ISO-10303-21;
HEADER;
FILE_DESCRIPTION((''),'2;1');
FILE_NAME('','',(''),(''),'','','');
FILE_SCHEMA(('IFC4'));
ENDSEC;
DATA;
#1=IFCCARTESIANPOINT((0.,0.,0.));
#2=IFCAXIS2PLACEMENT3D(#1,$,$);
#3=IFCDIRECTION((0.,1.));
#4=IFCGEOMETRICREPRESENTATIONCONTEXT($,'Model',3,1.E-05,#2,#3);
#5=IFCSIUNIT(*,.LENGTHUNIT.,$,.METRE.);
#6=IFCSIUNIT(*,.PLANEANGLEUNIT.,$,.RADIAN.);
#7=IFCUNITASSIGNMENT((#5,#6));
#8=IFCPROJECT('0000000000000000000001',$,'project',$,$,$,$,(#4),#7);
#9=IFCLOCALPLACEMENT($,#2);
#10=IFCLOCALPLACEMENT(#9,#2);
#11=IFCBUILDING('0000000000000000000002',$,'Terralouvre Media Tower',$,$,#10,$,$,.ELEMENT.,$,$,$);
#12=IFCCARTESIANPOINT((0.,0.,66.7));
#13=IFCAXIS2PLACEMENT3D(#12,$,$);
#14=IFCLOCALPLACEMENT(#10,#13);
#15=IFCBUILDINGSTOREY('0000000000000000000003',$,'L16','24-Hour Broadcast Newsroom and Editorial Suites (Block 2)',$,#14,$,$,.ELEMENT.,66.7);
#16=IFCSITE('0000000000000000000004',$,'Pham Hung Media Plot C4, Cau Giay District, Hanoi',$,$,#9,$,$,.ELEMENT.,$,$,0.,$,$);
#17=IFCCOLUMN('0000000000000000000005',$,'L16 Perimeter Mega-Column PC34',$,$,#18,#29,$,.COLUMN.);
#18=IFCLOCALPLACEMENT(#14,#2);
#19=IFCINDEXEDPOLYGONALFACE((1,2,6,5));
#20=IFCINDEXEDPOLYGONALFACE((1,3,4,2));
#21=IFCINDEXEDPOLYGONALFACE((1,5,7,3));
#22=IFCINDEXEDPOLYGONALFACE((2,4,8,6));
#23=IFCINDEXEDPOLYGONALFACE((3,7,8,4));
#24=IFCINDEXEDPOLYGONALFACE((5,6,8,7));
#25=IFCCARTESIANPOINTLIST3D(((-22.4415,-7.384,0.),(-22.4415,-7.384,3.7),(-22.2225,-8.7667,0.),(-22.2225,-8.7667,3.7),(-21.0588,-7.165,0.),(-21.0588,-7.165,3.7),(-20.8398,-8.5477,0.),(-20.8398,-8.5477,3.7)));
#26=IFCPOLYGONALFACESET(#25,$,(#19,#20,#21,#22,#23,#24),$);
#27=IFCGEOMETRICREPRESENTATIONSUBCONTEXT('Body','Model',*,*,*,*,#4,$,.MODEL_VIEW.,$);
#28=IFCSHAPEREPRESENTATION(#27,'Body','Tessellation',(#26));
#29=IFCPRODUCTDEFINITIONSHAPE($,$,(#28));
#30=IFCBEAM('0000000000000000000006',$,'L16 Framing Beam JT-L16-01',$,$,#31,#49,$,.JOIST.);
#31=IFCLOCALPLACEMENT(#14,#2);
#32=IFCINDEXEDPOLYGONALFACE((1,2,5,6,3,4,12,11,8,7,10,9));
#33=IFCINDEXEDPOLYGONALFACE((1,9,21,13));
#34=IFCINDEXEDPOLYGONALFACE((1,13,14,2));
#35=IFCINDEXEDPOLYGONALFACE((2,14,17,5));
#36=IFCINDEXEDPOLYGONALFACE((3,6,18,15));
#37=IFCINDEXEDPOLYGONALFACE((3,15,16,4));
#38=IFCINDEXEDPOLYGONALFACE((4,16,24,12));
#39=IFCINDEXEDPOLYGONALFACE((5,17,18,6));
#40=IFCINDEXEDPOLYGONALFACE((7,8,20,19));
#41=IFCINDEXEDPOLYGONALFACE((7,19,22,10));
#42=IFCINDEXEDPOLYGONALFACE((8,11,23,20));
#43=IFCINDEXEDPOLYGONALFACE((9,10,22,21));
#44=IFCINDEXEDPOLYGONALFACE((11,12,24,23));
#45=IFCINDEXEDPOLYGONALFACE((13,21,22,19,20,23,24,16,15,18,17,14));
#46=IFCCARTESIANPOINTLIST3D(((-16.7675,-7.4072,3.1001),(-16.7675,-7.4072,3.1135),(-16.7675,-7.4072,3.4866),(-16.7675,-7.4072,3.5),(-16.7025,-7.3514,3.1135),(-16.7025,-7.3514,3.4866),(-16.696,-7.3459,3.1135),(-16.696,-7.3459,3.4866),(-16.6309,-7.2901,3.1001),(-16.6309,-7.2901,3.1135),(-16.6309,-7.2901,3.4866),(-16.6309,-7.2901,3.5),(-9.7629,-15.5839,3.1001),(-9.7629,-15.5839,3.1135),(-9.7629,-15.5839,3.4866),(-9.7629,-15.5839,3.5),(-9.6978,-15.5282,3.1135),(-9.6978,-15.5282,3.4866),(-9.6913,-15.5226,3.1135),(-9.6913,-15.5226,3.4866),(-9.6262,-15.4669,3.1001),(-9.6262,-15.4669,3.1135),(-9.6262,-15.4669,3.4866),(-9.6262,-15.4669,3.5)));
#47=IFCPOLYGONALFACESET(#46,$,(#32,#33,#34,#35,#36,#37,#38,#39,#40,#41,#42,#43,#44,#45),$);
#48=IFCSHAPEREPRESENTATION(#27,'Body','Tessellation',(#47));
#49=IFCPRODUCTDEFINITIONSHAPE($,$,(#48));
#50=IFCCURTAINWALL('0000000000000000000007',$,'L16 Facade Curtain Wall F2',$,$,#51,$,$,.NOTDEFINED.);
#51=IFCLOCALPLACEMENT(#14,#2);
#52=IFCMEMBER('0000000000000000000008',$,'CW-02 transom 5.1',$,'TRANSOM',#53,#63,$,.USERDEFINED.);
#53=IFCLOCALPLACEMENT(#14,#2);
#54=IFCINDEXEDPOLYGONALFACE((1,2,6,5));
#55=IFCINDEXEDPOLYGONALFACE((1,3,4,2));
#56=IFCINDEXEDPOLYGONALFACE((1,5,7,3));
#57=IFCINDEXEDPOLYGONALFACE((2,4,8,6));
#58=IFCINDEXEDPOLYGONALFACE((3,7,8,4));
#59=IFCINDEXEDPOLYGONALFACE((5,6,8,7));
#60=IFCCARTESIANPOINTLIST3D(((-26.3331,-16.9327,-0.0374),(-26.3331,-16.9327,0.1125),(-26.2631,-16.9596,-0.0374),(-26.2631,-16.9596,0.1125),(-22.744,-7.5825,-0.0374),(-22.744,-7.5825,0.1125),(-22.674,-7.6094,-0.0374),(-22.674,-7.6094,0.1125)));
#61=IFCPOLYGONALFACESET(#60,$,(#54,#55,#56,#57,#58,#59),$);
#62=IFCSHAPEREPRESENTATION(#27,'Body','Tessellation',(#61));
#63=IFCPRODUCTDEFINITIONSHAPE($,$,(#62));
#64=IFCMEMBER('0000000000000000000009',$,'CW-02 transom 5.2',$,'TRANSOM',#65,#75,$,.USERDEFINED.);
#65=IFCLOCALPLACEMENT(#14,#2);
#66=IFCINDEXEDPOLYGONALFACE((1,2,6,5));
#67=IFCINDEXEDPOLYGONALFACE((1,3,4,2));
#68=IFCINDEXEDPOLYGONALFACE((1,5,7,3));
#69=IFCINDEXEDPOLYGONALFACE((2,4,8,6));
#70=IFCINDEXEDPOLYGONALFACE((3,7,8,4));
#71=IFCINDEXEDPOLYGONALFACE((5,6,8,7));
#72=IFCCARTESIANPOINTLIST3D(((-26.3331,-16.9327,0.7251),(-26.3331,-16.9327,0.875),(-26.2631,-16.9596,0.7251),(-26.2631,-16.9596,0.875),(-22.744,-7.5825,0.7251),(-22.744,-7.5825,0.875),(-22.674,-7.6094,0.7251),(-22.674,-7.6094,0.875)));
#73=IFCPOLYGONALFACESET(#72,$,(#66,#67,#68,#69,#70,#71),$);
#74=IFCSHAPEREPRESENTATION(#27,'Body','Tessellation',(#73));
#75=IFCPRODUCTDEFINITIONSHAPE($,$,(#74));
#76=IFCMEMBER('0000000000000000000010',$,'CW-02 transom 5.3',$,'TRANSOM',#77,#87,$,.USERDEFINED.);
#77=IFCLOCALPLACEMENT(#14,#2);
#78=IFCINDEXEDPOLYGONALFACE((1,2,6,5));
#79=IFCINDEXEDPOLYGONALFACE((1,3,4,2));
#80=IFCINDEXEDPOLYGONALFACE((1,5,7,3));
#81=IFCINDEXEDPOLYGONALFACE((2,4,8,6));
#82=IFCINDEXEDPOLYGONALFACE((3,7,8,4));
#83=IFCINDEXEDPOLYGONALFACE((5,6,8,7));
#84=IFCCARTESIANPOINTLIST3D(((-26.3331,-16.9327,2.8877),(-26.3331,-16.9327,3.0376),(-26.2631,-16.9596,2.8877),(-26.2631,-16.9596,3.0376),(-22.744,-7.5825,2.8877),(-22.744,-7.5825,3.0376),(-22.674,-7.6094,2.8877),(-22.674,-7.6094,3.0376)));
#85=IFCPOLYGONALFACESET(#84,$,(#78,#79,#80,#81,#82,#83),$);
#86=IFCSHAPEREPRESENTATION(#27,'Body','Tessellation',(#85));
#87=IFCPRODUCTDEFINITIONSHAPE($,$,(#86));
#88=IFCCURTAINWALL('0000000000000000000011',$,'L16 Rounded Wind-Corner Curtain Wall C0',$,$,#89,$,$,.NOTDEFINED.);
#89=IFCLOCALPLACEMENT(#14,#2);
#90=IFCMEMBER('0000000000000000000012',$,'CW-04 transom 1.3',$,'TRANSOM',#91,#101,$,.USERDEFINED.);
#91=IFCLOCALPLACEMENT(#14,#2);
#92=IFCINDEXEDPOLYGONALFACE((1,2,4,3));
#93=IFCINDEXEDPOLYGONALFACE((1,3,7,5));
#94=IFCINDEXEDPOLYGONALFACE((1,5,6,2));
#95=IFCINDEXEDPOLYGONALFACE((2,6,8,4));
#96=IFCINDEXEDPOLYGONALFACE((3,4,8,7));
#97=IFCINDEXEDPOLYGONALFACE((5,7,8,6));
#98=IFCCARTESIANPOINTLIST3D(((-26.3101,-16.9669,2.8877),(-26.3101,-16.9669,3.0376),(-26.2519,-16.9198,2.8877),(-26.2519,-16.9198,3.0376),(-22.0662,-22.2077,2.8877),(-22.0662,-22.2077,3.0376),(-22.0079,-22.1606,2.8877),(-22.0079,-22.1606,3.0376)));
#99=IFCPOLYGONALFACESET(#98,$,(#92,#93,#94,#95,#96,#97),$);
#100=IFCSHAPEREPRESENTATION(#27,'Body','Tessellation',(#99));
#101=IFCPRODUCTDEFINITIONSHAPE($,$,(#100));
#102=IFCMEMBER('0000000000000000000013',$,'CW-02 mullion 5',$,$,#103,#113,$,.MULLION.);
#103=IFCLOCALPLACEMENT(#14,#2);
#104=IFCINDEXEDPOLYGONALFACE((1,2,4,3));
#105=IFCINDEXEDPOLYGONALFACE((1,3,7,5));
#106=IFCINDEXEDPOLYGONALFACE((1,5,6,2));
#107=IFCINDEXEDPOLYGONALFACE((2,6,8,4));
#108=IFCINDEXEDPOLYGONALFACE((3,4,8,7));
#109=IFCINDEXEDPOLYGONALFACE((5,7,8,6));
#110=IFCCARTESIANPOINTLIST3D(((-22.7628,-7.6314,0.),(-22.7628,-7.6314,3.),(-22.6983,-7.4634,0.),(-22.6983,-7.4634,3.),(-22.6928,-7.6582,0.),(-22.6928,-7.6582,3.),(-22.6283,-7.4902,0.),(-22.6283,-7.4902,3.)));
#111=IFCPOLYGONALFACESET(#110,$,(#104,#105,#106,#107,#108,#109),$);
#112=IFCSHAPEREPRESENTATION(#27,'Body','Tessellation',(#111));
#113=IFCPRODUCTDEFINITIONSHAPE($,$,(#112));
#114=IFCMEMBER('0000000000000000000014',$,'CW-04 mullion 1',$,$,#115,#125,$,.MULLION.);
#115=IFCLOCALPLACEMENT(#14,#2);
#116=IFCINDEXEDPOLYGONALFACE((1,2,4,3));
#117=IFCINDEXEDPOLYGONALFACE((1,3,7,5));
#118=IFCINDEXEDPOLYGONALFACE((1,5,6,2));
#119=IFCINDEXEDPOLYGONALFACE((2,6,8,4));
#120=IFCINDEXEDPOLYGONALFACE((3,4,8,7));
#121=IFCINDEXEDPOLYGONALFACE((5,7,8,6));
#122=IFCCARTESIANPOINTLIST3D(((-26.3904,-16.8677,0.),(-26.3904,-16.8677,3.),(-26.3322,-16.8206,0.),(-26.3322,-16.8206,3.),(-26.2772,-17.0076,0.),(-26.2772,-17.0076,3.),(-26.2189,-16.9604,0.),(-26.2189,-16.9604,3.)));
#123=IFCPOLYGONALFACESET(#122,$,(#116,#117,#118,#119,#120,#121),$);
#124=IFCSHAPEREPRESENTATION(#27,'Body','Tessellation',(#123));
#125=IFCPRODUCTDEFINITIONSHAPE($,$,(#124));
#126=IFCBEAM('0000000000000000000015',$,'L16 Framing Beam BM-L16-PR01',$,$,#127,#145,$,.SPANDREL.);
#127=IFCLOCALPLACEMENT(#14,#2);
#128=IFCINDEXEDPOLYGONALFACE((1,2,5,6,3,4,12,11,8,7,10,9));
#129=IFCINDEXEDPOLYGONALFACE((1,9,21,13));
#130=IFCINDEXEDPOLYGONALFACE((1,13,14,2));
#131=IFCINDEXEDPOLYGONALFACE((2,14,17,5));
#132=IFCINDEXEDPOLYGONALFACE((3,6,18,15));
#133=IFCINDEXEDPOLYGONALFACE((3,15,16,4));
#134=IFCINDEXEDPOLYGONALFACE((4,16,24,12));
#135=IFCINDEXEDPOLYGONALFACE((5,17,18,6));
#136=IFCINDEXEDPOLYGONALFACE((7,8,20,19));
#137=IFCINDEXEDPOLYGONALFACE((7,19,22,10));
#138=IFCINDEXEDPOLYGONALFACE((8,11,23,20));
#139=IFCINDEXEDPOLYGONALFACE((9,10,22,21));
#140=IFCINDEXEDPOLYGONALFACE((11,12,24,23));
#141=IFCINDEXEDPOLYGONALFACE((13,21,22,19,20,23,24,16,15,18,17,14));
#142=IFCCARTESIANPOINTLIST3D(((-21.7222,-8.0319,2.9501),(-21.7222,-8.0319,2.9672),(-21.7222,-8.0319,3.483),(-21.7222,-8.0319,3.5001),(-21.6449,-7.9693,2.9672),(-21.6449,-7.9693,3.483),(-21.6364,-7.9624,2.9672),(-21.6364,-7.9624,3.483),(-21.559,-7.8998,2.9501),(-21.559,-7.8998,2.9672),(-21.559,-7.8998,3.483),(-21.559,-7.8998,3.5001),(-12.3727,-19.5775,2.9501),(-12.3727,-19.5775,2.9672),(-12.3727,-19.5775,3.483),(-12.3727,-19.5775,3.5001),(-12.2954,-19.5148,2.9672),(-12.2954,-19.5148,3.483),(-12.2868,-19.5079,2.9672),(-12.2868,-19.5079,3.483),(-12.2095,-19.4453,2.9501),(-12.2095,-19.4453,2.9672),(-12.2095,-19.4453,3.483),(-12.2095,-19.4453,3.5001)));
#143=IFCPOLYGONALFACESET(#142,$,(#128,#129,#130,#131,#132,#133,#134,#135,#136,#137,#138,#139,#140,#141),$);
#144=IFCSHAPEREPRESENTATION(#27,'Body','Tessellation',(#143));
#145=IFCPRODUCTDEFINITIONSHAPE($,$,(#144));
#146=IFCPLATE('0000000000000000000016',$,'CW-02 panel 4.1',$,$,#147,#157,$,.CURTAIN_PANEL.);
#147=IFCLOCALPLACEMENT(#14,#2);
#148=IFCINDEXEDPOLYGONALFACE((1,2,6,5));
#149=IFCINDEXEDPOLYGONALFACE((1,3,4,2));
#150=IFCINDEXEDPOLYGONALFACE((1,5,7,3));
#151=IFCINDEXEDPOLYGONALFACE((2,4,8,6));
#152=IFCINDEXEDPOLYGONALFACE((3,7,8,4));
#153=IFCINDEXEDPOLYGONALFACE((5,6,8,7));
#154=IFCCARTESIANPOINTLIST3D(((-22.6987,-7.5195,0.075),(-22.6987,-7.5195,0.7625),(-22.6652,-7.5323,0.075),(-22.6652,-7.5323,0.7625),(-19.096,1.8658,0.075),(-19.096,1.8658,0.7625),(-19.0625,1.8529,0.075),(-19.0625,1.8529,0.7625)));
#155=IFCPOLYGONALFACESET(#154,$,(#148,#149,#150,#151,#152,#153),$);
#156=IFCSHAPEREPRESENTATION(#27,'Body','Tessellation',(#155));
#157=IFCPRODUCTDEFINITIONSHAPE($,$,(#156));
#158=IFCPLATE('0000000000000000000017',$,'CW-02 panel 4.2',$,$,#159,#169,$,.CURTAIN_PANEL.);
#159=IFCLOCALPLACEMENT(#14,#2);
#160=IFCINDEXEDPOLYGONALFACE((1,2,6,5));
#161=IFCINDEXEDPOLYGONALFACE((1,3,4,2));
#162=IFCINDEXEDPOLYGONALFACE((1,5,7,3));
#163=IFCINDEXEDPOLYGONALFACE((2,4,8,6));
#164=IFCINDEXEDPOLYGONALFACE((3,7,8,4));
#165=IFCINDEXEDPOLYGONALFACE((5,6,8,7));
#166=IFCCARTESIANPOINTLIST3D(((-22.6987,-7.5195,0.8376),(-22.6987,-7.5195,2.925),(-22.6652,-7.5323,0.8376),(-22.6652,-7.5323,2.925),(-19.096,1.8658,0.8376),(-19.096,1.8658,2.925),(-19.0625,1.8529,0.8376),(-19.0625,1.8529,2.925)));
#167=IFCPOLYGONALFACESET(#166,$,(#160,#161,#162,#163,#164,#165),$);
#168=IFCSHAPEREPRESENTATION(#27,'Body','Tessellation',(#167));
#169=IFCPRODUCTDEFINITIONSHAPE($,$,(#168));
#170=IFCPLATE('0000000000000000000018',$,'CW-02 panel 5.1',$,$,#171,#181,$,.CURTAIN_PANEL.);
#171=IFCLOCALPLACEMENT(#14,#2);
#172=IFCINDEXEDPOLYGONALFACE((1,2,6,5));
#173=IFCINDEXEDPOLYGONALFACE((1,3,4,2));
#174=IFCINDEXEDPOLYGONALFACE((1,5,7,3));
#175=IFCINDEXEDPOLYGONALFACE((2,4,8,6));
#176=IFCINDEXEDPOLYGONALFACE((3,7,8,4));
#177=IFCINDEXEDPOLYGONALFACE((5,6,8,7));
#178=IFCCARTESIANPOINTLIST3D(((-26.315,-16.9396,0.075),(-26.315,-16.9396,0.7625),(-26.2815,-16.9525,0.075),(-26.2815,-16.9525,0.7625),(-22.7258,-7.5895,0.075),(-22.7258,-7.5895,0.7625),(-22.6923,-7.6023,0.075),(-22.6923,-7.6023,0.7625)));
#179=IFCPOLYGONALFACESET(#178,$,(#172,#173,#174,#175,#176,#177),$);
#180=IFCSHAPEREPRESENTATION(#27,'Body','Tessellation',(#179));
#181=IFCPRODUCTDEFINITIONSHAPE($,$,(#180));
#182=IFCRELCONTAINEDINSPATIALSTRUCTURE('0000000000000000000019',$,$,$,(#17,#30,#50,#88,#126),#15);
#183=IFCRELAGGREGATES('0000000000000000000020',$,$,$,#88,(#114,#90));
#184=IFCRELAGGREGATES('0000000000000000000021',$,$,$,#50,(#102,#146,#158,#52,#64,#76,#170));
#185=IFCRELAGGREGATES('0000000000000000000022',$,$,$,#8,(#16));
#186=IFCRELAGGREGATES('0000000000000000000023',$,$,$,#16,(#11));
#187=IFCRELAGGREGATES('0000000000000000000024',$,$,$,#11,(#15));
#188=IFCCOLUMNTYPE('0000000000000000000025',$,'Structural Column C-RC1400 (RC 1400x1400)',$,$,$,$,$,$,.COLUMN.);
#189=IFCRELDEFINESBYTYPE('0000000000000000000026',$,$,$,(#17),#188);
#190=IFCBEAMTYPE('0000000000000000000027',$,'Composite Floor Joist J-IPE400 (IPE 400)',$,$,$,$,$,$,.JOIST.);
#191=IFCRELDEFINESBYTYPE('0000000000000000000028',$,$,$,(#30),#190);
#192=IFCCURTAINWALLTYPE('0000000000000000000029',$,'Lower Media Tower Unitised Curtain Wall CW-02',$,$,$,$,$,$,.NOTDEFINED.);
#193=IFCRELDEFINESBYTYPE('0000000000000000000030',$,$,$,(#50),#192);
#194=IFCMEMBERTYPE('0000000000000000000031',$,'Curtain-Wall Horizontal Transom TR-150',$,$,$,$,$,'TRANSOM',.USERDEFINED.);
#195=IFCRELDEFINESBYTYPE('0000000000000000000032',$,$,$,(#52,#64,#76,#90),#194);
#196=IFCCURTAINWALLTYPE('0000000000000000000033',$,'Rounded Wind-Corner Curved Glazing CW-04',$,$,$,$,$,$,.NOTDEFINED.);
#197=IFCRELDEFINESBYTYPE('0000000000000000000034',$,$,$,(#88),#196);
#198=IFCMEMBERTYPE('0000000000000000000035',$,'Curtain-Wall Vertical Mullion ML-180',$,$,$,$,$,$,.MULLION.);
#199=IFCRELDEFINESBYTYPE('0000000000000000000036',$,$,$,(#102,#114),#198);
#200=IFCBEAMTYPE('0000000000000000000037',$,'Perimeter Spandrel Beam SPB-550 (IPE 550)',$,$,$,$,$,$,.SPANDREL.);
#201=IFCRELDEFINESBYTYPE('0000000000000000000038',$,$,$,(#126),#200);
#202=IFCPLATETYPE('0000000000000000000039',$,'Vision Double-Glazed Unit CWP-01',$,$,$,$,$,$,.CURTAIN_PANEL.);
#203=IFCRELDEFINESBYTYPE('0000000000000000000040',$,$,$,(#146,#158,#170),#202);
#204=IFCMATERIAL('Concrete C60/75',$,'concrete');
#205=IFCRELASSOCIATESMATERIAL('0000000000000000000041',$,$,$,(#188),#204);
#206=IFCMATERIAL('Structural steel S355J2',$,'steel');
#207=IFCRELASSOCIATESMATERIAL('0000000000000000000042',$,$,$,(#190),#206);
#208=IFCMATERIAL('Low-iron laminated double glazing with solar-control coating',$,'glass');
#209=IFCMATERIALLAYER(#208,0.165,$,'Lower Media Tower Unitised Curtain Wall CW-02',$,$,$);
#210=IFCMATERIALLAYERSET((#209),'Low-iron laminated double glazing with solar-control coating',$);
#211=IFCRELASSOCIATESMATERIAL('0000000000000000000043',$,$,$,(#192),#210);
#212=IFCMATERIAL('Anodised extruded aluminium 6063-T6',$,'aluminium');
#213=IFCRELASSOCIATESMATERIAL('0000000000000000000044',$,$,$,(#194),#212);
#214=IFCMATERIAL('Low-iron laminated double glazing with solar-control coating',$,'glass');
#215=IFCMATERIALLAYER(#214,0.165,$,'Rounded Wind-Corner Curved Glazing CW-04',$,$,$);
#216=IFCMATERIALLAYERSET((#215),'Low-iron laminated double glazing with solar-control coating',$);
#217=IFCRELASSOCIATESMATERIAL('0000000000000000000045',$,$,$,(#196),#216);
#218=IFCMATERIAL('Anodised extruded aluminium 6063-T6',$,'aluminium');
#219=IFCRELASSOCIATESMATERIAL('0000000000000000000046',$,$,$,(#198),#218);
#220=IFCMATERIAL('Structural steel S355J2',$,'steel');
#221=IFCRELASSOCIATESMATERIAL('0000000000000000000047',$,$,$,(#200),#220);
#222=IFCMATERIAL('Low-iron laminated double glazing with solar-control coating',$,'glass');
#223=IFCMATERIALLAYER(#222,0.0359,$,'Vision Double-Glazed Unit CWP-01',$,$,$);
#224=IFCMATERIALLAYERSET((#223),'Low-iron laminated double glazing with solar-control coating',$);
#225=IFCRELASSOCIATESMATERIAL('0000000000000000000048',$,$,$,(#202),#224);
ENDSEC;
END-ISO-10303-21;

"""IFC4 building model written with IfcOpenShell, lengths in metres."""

from ifc_helpers import new_model, si_unit, direction, frame, origin, origin_2d, place, context, subcontext, project, spatial, rectangle, i_section, extrude, material, layer, layer_set, material_profile, profile_set, type_object, element, aggregate, save


model = new_model("IFC4")

# Units and contexts
model_context = context("Model", 3, precision=1e-05, world=origin(), true_north=direction((0.0, 1.0)))
body_context = subcontext(model_context, "Body", "Model", "MODEL_VIEW")
ifc_project = project(units=[si_unit("LENGTHUNIT", "METRE"), si_unit("PLANEANGLEUNIT", "RADIAN")], contexts=[model_context])

# Site, building, storey
site_placement = place(None, origin())
site = spatial("IfcSite", under=ifc_project, at=site_placement, Name="Pham Hung Media Plot C4, Cau Giay District, Hanoi", CompositionType="ELEMENT", RefElevation=0.0)
building_placement = place(site_placement, origin())
building = spatial("IfcBuilding", under=site, at=building_placement, Name="Terralouvre Media Tower", CompositionType="ELEMENT")
storey_placement = place(building_placement, frame((0.0, 0.0, 66.7)))
storey = spatial("IfcBuildingStorey", under=building, at=storey_placement, Name="L16", Description="24-Hour Broadcast Newsroom and Editorial Suites (Block 2)", CompositionType="ELEMENT", Elevation=66.7)

# Column
ifc_material_1 = material(Name="Concrete C60/75", Category="concrete")
ifc_material_profile_1 = material_profile(ifc_material_1, rectangle(XDim=1.3999, YDim=1.3999, at=origin_2d()), Name="RC 1400x1400")
ifc_profile_set_1 = profile_set([ifc_material_profile_1], Name="Concrete C60/75")
column_type = type_object("IfcColumnType", Name="Structural Column C-RC1400 (RC 1400x1400)", PredefinedType="COLUMN", material=ifc_profile_set_1)
column_placement = place(storey_placement, frame((-21.6406, -7.9658, 0.0), z_axis=(0.0, 0.0, 1.0), x_axis=(0.987688, 0.156434, 0.0)))
element("IfcColumn", 1, at=column_placement, inside=storey, type_object=column_type, Name="L16 Perimeter Mega-Column PC34", PredefinedType="COLUMN", context=body_context, shape_type="SweptSolid", body=[
    extrude(rectangle(XDim=1.3999, YDim=1.3999, at=origin_2d()), origin(), (0.0, 0.0, 1.0), 3.7),
])

# Beam
ifc_material_2 = material(Name="Structural steel S355J2", Category="steel")
ifc_material_profile_2 = material_profile(ifc_material_2, i_section(OverallWidth=0.1799, OverallDepth=0.3999, WebThickness=0.0085, FlangeThickness=0.0134, at=origin_2d()), Name="IPE 400")
ifc_profile_set_2 = profile_set([ifc_material_profile_2], Name="Structural steel S355J2")
beam_type_1 = type_object("IfcBeamType", Name="Composite Floor Joist J-IPE400 (IPE 400)", PredefinedType="JOIST", material=ifc_profile_set_2)
beam_1_placement = place(storey_placement, frame((-16.6992, -7.3486, 3.3), z_axis=(0.650577, -0.759441, 0.0), x_axis=(0.759441, 0.650577, 0.0)))
element("IfcBeam", 2, at=beam_1_placement, inside=storey, type_object=beam_type_1, Name="L16 Framing Beam JT-L16-01", PredefinedType="JOIST", context=body_context, shape_type="SweptSolid", body=[
    extrude(i_section(OverallWidth=0.1799, OverallDepth=0.3999, WebThickness=0.0085, FlangeThickness=0.0134, at=origin_2d()), origin(), (0.0, 0.0, 1.0), 10.7668),
])

# Curtain wall, members
ifc_material_3 = material(Name="Low-iron laminated double glazing with solar-control coating", Category="glass")
ifc_layer_1 = layer(ifc_material_3, 0.165, Name="Lower Media Tower Unitised Curtain Wall CW-02")
ifc_layer_set_1 = layer_set([ifc_layer_1], Name="Low-iron laminated double glazing with solar-control coating")
curtain_wall_type_1 = type_object("IfcCurtainWallType", Name="Lower Media Tower Unitised Curtain Wall CW-02", PredefinedType="NOTDEFINED", material=ifc_layer_set_1)
curtain_wall_1_placement = place(storey_placement, origin())
curtain_wall_1 = element("IfcCurtainWall", 3, at=curtain_wall_1_placement, inside=storey, type_object=curtain_wall_type_1, Name="L16 Facade Curtain Wall F2", PredefinedType="NOTDEFINED")
ifc_material_4 = material(Name="Anodised extruded aluminium 6063-T6", Category="aluminium")
ifc_material_profile_3 = material_profile(ifc_material_4, rectangle(XDim=0.075, YDim=0.1499, at=origin_2d()), Name="ALU 75x150")
ifc_profile_set_3 = profile_set([ifc_material_profile_3], Name="Anodised extruded aluminium 6063-T6")
member_type_1 = type_object("IfcMemberType", Name="Curtain-Wall Horizontal Transom TR-150", ElementType="TRANSOM", PredefinedType="USERDEFINED", material=ifc_profile_set_3)
member_1_placement = place(storey_placement, frame((-22.709, -7.5959, 0.0376), z_axis=(-0.358363, -0.933582, 0.0), x_axis=(0.933582, -0.358363, 0.0)))
member_1 = element("IfcMember", 4, at=member_1_placement, type_object=member_type_1, Name="CW-02 transom 5.1", ObjectType="TRANSOM", PredefinedType="USERDEFINED", context=body_context, shape_type="SweptSolid", body=[
    extrude(rectangle(XDim=0.075, YDim=0.1499, at=origin_2d()), origin(), (0.0, 0.0, 1.0), 10.0154),
])
member_2_placement = place(storey_placement, frame((-22.709, -7.5959, 0.8), z_axis=(-0.358363, -0.933582, 0.0), x_axis=(0.933582, -0.358363, 0.0)))
member_2 = element("IfcMember", 5, at=member_2_placement, type_object=member_type_1, Name="CW-02 transom 5.2", ObjectType="TRANSOM", PredefinedType="USERDEFINED", context=body_context, shape_type="SweptSolid", body=[
    extrude(rectangle(XDim=0.075, YDim=0.1499, at=origin_2d()), origin(), (0.0, 0.0, 1.0), 10.0154),
])
member_3_placement = place(storey_placement, frame((-22.709, -7.5959, 2.9626), z_axis=(-0.358363, -0.933582, 0.0), x_axis=(0.933582, -0.358363, 0.0)))
member_3 = element("IfcMember", 6, at=member_3_placement, type_object=member_type_1, Name="CW-02 transom 5.3", ObjectType="TRANSOM", PredefinedType="USERDEFINED", context=body_context, shape_type="SweptSolid", body=[
    extrude(rectangle(XDim=0.075, YDim=0.1499, at=origin_2d()), origin(), (0.0, 0.0, 1.0), 10.0154),
])

# Curtain wall, member
ifc_material_5 = material(Name="Low-iron laminated double glazing with solar-control coating", Category="glass")
ifc_layer_2 = layer(ifc_material_5, 0.165, Name="Rounded Wind-Corner Curved Glazing CW-04")
ifc_layer_set_2 = layer_set([ifc_layer_2], Name="Low-iron laminated double glazing with solar-control coating")
curtain_wall_type_2 = type_object("IfcCurtainWallType", Name="Rounded Wind-Corner Curved Glazing CW-04", PredefinedType="NOTDEFINED", material=ifc_layer_set_2)
curtain_wall_2_placement = place(storey_placement, origin())
curtain_wall_2 = element("IfcCurtainWall", 7, at=curtain_wall_2_placement, inside=storey, type_object=curtain_wall_type_2, Name="L16 Rounded Wind-Corner Curtain Wall C0", PredefinedType="NOTDEFINED")
member_4_placement = place(storey_placement, frame((-26.281, -16.9434, 2.9626), z_axis=(0.629324, -0.777143, 0.0), x_axis=(0.777143, 0.629324, 0.0)))
member_4 = element("IfcMember", 8, at=member_4_placement, type_object=member_type_1, Name="CW-04 transom 1.3", ObjectType="TRANSOM", PredefinedType="USERDEFINED", context=body_context, shape_type="SweptSolid", body=[
    extrude(rectangle(XDim=0.075, YDim=0.1499, at=origin_2d()), origin(), (0.0, 0.0, 1.0), 6.7437),
])

# Members
ifc_material_6 = material(Name="Anodised extruded aluminium 6063-T6", Category="aluminium")
ifc_material_profile_4 = material_profile(ifc_material_6, rectangle(XDim=0.075, YDim=0.1799, at=origin_2d()), Name="ALU 75x180")
ifc_profile_set_4 = profile_set([ifc_material_profile_4], Name="Anodised extruded aluminium 6063-T6")
member_type_2 = type_object("IfcMemberType", Name="Curtain-Wall Vertical Mullion ML-180", PredefinedType="MULLION", material=ifc_profile_set_4)
member_5_placement = place(storey_placement, frame((-22.6956, -7.5608, 0.0), z_axis=(0.0, 0.0, 1.0), x_axis=(0.93358, -0.358368, 0.0)))
member_5 = element("IfcMember", 9, at=member_5_placement, type_object=member_type_2, Name="CW-02 mullion 5", PredefinedType="MULLION", context=body_context, shape_type="SweptSolid", body=[
    extrude(rectangle(XDim=0.075, YDim=0.1799, at=origin_2d()), origin(), (0.0, 0.0, 1.0), 3.0),
])
member_6_placement = place(storey_placement, frame((-26.3047, -16.9141, 0.0), z_axis=(0.0, 0.0, 1.0), x_axis=(0.777146, 0.62932, 0.0)))
member_6 = element("IfcMember", 10, at=member_6_placement, type_object=member_type_2, Name="CW-04 mullion 1", PredefinedType="MULLION", context=body_context, shape_type="SweptSolid", body=[
    extrude(rectangle(XDim=0.075, YDim=0.1799, at=origin_2d()), origin(), (0.0, 0.0, 1.0), 3.0),
])
aggregate(curtain_wall_2, [member_6, member_4])

# Beam
ifc_material_7 = material(Name="Structural steel S355J2", Category="steel")
ifc_material_profile_5 = material_profile(ifc_material_7, i_section(OverallWidth=0.21, OverallDepth=0.55, WebThickness=0.011, FlangeThickness=0.0171, at=origin_2d()), Name="IPE 550")
ifc_profile_set_5 = profile_set([ifc_material_profile_5], Name="Structural steel S355J2")
beam_type_2 = type_object("IfcBeamType", Name="Perimeter Spandrel Beam SPB-550 (IPE 550)", PredefinedType="SPANDREL", material=ifc_profile_set_5)
beam_2_placement = place(storey_placement, frame((-21.6406, -7.9658, 3.2251), z_axis=(0.629325, -0.777142, 0.0), x_axis=(0.777142, 0.629325, 0.0)))
element("IfcBeam", 11, at=beam_2_placement, inside=storey, type_object=beam_type_2, Name="L16 Framing Beam BM-L16-PR01", PredefinedType="SPANDREL", context=body_context, shape_type="SweptSolid", body=[
    extrude(i_section(OverallWidth=0.21, OverallDepth=0.55, WebThickness=0.011, FlangeThickness=0.0171, at=origin_2d()), origin(), (0.0, 0.0, 1.0), 14.8564),
])

# Plates
ifc_material_8 = material(Name="Low-iron laminated double glazing with solar-control coating", Category="glass")
ifc_layer_3 = layer(ifc_material_8, 0.0359, Name="Vision Double-Glazed Unit CWP-01")
ifc_layer_set_3 = layer_set([ifc_layer_3], Name="Low-iron laminated double glazing with solar-control coating")
plate_type = type_object("IfcPlateType", Name="Vision Double-Glazed Unit CWP-01", PredefinedType="CURTAIN_PANEL", material=ifc_layer_set_3)
plate_1_placement = place(storey_placement, frame((-20.8806, -2.8333, 0.075), z_axis=(0.0, 0.0, 1.0), x_axis=(-0.358368, -0.93358, 0.0)))
plate_1 = element("IfcPlate", 12, at=plate_1_placement, type_object=plate_type, Name="CW-02 panel 4.1", PredefinedType="CURTAIN_PANEL", context=body_context, shape_type="SweptSolid", body=[
    extrude(rectangle(XDim=10.053, YDim=0.0359, at=origin_2d()), origin(), (0.0, 0.0, 1.0), 0.6875),
])
plate_2_placement = place(storey_placement, frame((-20.8806, -2.8333, 0.8376), z_axis=(0.0, 0.0, 1.0), x_axis=(-0.358368, -0.93358, 0.0)))
plate_2 = element("IfcPlate", 13, at=plate_2_placement, type_object=plate_type, Name="CW-02 panel 4.2", PredefinedType="CURTAIN_PANEL", context=body_context, shape_type="SweptSolid", body=[
    extrude(rectangle(XDim=10.053, YDim=0.0359, at=origin_2d()), origin(), (0.0, 0.0, 1.0), 2.0874),
])
plate_3_placement = place(storey_placement, frame((-24.5037, -12.271, 0.075), z_axis=(0.0, 0.0, 1.0), x_axis=(-0.358368, -0.93358, 0.0)))
plate_3 = element("IfcPlate", 14, at=plate_3_placement, type_object=plate_type, Name="CW-02 panel 5.1", PredefinedType="CURTAIN_PANEL", context=body_context, shape_type="SweptSolid", body=[
    extrude(rectangle(XDim=10.0154, YDim=0.0359, at=origin_2d()), origin(), (0.0, 0.0, 1.0), 0.6875),
])
aggregate(curtain_wall_1, [member_5, plate_1, plate_2, member_1, member_2, member_3, plate_3])

save(model, "model.ifc")
